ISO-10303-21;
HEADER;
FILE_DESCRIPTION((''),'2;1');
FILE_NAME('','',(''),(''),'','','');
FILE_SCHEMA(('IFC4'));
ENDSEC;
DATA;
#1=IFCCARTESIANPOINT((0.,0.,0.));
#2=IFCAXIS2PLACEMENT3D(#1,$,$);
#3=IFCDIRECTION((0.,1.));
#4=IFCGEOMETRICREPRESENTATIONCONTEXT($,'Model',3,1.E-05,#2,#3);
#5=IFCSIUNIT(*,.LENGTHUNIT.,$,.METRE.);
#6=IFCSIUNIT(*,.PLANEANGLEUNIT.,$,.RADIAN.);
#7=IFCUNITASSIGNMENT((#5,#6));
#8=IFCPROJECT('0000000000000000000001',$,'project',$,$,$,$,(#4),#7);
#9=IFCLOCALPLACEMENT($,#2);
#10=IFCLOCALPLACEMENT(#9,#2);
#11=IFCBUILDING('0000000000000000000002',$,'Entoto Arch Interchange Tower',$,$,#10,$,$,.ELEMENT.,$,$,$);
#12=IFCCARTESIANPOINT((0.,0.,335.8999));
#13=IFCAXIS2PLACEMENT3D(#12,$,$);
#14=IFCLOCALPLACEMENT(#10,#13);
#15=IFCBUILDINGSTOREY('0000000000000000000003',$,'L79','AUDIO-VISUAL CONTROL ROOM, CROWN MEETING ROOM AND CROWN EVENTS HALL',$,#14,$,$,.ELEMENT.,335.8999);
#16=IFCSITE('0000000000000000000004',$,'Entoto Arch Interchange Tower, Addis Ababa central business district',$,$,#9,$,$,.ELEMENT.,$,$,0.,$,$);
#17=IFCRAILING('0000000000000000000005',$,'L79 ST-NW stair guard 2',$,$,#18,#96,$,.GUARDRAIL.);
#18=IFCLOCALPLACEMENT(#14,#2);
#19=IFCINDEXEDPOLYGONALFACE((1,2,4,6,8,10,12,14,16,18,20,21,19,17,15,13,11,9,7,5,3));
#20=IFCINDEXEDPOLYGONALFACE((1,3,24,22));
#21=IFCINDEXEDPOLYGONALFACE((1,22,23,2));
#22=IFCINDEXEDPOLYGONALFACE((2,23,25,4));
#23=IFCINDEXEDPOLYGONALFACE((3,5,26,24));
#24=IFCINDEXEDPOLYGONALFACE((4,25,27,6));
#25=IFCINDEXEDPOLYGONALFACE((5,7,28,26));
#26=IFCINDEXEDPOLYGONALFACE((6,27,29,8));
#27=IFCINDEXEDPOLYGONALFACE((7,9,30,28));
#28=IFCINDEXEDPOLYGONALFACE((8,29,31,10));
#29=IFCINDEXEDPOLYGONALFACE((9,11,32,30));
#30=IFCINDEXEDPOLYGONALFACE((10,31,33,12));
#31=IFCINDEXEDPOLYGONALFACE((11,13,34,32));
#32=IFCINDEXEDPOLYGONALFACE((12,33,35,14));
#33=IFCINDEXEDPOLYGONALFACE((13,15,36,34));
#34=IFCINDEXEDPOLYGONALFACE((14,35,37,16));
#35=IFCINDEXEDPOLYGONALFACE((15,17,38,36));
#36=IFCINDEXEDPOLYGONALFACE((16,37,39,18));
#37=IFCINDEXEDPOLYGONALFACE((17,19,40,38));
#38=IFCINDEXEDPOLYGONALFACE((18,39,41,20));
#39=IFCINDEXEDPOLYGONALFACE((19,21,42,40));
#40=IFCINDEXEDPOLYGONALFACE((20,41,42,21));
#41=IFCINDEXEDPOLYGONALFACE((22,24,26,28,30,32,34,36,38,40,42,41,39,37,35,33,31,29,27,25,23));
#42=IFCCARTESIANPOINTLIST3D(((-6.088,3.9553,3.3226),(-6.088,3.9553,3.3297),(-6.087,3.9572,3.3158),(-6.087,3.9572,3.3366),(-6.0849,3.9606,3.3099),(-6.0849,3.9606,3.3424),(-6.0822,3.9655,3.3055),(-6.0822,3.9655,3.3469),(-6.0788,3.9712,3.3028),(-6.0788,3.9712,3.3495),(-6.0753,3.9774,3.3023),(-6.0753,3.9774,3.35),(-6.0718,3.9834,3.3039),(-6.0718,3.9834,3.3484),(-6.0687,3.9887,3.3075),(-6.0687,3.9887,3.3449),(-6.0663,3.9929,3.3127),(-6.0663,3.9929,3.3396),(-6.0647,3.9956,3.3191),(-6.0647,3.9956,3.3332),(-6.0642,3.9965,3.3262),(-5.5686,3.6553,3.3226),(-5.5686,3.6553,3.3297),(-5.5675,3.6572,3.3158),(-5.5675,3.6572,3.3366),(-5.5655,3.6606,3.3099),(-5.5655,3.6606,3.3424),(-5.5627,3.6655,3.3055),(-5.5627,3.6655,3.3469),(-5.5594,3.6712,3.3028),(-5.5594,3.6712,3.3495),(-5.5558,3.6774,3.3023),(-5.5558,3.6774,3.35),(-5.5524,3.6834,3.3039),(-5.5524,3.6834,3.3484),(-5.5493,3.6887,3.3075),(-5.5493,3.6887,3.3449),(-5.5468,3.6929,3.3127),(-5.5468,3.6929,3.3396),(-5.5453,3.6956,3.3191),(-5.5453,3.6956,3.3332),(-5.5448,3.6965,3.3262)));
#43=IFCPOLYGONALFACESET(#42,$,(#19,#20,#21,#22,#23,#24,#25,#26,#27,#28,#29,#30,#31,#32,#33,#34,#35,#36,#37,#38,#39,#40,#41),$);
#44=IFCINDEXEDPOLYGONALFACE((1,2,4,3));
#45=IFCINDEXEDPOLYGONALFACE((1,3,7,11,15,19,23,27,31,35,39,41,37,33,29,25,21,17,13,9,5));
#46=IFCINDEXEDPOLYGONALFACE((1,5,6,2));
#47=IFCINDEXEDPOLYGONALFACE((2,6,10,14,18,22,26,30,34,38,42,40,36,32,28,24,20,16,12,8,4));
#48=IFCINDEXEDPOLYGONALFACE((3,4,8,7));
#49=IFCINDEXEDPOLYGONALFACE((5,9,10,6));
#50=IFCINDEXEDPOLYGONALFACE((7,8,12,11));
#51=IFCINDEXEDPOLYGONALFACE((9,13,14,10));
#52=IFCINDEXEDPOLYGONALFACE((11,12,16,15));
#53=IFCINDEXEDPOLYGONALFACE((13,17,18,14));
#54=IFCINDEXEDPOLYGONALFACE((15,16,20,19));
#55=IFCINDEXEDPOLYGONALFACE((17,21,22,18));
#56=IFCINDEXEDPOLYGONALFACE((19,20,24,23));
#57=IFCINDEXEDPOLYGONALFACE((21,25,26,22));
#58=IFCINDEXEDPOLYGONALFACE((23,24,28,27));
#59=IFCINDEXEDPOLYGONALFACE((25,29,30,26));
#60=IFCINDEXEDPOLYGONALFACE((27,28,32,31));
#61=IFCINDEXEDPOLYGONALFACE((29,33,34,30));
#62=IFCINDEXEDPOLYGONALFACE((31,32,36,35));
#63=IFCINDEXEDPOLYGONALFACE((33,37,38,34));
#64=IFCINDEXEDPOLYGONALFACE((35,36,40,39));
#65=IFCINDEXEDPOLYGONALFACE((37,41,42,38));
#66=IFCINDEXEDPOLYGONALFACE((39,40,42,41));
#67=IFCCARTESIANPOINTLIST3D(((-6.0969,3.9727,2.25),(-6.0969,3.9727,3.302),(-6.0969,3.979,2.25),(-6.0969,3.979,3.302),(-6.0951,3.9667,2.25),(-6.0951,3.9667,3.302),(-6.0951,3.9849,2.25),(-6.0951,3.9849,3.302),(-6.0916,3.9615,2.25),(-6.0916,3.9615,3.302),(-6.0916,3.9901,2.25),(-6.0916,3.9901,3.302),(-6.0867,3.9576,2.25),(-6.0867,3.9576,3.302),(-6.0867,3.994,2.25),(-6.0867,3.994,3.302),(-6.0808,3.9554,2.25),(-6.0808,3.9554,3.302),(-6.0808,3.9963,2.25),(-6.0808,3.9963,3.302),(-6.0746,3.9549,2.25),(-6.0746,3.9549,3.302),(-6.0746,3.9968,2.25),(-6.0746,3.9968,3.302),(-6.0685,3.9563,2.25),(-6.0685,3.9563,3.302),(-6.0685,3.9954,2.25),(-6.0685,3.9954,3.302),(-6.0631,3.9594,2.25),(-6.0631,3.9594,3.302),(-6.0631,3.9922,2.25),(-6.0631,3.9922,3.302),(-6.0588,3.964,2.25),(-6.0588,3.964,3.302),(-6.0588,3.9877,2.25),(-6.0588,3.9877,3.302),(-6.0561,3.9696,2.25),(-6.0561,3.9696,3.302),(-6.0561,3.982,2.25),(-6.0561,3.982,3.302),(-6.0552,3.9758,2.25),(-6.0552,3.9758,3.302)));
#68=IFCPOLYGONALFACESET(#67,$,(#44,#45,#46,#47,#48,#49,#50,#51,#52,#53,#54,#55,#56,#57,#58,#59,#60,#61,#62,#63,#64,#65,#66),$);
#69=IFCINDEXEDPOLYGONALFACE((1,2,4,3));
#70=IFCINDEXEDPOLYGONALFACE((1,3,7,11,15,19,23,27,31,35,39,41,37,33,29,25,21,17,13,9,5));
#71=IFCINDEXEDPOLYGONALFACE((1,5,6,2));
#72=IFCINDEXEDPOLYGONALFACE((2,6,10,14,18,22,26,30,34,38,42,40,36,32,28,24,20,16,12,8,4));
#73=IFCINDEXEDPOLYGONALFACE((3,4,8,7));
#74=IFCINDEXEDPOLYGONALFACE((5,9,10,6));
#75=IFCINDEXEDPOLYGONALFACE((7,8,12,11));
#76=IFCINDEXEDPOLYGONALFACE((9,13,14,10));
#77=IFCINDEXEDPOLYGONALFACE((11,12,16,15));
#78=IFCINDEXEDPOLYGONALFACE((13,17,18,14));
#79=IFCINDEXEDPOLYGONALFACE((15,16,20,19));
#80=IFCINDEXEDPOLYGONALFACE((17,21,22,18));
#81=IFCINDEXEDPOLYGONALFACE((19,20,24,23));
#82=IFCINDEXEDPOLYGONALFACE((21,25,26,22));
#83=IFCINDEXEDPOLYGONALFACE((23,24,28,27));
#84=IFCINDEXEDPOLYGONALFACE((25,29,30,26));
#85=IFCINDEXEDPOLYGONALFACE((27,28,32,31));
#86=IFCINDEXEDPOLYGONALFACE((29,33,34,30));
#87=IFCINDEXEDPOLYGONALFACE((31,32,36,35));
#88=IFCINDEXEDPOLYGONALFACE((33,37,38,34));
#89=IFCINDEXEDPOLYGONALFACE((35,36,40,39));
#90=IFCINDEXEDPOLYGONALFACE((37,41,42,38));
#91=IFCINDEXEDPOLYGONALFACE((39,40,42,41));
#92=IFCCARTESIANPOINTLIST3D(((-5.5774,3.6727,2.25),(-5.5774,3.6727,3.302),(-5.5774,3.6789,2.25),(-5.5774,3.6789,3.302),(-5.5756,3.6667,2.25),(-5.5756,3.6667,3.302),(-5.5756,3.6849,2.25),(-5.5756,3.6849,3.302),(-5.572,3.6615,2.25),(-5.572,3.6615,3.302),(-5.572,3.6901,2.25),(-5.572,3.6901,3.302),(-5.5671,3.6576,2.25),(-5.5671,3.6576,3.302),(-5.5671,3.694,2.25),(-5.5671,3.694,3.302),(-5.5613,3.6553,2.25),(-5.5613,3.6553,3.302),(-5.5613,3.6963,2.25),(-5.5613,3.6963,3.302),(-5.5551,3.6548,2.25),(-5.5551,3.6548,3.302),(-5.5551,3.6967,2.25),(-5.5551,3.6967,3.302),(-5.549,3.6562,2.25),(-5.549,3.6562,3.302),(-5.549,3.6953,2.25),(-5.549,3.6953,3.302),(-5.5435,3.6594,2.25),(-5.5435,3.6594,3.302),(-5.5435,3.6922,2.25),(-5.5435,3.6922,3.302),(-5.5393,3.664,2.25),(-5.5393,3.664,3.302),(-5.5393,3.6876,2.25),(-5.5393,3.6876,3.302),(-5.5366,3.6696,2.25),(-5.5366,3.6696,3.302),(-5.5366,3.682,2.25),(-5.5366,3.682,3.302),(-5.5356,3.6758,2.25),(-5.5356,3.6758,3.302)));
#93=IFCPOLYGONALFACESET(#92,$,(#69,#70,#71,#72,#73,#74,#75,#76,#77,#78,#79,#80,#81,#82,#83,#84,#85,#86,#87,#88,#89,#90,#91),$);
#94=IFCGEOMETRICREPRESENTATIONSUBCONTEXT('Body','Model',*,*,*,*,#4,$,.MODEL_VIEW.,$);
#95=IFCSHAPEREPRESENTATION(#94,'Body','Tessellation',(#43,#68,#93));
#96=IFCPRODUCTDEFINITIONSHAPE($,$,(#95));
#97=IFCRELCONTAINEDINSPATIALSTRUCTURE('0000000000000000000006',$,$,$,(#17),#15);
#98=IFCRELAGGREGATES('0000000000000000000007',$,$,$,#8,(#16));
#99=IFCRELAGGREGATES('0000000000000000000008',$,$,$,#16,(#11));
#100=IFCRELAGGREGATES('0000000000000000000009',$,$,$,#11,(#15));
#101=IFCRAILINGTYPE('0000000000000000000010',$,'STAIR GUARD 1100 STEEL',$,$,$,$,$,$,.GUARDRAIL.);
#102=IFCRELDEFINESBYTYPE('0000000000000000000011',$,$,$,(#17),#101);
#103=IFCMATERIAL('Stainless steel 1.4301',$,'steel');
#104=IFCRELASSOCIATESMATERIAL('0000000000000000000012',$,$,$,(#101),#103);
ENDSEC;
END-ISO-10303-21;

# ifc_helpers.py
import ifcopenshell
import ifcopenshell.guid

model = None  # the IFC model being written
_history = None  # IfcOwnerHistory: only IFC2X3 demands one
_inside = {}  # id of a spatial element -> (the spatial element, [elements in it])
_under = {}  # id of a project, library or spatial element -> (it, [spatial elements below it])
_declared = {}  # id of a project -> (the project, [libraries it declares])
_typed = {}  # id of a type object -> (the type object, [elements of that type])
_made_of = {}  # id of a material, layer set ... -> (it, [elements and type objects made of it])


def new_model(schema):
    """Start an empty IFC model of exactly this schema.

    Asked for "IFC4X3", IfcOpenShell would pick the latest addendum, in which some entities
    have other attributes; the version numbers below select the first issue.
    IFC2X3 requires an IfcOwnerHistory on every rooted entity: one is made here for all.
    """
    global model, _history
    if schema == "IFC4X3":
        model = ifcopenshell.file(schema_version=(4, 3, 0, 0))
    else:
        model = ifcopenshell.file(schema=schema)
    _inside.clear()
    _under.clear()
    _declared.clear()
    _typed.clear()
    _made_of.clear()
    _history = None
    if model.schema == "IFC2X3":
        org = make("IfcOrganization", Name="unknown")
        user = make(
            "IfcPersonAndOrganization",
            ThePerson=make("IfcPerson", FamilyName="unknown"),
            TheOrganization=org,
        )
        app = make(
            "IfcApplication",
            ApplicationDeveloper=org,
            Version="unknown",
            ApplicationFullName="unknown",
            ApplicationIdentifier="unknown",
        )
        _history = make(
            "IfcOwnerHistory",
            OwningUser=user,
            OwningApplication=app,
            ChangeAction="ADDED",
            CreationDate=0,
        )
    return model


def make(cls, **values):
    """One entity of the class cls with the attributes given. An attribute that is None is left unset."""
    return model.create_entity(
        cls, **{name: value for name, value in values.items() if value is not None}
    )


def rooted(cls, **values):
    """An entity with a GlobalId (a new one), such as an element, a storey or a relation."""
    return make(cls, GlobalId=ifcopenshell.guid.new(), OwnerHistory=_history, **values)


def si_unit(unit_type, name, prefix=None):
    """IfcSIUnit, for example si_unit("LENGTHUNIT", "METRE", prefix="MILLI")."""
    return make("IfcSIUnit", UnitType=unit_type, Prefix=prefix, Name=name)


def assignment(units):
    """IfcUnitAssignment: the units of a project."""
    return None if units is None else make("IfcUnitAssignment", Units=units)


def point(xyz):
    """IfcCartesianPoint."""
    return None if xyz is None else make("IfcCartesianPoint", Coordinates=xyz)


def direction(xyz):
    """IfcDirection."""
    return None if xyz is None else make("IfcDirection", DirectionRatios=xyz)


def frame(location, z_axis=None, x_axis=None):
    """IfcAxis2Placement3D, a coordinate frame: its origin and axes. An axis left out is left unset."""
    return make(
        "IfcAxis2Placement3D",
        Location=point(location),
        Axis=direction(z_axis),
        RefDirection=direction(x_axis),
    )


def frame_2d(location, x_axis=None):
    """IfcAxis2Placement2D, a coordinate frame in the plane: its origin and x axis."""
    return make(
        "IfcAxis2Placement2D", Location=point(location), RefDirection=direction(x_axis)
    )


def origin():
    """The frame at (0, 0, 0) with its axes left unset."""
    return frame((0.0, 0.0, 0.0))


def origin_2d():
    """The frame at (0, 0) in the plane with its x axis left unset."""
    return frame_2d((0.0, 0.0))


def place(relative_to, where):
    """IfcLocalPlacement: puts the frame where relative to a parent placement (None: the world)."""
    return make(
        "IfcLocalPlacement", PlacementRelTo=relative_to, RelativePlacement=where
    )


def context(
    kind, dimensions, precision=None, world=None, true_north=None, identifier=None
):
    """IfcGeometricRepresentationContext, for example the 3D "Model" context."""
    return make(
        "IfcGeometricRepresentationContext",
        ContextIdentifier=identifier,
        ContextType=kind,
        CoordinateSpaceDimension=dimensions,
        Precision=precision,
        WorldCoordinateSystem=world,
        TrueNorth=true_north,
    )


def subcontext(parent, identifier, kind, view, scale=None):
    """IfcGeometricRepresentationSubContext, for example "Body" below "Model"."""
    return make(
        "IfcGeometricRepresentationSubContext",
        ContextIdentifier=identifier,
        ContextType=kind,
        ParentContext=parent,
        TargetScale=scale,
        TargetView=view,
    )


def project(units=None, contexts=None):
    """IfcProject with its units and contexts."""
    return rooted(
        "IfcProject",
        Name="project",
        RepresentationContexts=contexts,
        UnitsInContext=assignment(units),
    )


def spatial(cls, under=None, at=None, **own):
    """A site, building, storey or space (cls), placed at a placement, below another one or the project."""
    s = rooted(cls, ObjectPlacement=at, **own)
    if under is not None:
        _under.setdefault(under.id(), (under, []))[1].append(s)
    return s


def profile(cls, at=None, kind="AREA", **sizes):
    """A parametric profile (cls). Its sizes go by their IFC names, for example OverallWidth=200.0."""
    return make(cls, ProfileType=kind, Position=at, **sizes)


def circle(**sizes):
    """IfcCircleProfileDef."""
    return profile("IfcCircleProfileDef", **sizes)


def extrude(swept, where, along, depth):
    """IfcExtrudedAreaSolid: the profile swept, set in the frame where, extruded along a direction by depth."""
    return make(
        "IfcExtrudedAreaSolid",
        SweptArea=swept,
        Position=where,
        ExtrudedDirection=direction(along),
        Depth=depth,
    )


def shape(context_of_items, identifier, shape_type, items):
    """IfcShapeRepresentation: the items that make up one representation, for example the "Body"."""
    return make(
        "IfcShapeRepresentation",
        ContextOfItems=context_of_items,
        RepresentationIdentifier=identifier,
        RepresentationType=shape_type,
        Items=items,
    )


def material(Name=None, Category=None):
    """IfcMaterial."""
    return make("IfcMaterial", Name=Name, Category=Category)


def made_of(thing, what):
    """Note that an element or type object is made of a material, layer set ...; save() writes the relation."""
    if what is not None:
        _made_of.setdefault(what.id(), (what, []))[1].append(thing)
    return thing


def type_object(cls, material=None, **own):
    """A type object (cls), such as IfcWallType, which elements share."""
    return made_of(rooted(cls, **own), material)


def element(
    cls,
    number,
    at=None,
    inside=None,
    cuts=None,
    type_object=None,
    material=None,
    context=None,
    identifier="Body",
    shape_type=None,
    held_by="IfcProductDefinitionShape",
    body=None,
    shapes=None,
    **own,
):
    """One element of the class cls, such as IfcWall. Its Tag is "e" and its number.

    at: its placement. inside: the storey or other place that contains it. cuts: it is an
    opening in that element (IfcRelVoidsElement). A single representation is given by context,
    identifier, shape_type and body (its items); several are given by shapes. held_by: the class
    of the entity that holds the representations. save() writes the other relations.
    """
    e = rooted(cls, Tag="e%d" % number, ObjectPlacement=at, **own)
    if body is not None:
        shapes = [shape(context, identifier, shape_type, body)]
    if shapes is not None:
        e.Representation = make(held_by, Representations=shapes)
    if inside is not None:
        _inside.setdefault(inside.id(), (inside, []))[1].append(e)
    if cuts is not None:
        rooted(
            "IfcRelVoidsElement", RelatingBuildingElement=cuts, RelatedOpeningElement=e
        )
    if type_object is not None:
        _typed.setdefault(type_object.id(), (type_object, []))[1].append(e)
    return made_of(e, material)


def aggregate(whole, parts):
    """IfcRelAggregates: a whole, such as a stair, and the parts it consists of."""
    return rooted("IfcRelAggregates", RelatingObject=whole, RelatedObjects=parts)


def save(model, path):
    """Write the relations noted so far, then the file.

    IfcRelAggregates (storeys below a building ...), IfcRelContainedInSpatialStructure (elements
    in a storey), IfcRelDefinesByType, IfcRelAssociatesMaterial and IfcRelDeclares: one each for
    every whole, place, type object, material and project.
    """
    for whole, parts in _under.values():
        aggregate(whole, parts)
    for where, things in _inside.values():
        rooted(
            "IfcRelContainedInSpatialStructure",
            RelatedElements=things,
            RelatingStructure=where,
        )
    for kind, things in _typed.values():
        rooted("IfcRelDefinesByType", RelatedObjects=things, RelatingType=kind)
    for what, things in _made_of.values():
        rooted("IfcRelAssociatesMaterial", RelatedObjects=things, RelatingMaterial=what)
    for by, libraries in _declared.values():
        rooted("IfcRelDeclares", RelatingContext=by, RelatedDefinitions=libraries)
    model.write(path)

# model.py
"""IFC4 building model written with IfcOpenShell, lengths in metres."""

from ifc_helpers import new_model, si_unit, direction, frame, origin, origin_2d, place, context, subcontext, project, spatial, circle, extrude, material, type_object, element, save


model = new_model("IFC4")

# Units and contexts
model_context = context("Model", 3, precision=1e-05, world=origin(), true_north=direction((0.0, 1.0)))
body_context = subcontext(model_context, "Body", "Model", "MODEL_VIEW")
ifc_project = project(units=[si_unit("LENGTHUNIT", "METRE"), si_unit("PLANEANGLEUNIT", "RADIAN")], contexts=[model_context])

# Site, building, storey
site_placement = place(None, origin())
site = spatial("IfcSite", under=ifc_project, at=site_placement, Name="Entoto Arch Interchange Tower, Addis Ababa central business district", CompositionType="ELEMENT", RefElevation=0.0)
building_placement = place(site_placement, origin())
building = spatial("IfcBuilding", under=site, at=building_placement, Name="Entoto Arch Interchange Tower", CompositionType="ELEMENT")
storey_placement = place(building_placement, frame((0.0, 0.0, 335.8999)))
storey = spatial("IfcBuildingStorey", under=building, at=storey_placement, Name="L79", Description="AUDIO-VISUAL CONTROL ROOM, CROWN MEETING ROOM AND CROWN EVENTS HALL", CompositionType="ELEMENT", Elevation=335.8999)

# Railing
ifc_material_1 = material(Name="Stainless steel 1.4301", Category="steel")
railing_type_1 = type_object("IfcRailingType", Name="STAIR GUARD 1100 STEEL", PredefinedType="GUARDRAIL", material=ifc_material_1)
railing_1_placement = place(storey_placement, frame((-6.0762, 3.9758, 2.25)))
element("IfcRailing", 1, at=railing_1_placement, inside=storey, type_object=railing_type_1, Name="L79 ST-NW stair guard 2", PredefinedType="GUARDRAIL", context=body_context, shape_type="SweptSolid", body=[
    extrude(circle(Radius=0.0239, at=origin_2d()), frame((0.0, 0.0, 1.0762), z_axis=(0.865955, -0.500122, 0.0), x_axis=(0.500122, 0.865955, 0.0)), (0.0, 0.0, 1.0), 0.5999),
    extrude(circle(Radius=0.021, at=origin_2d()), origin(), (0.0, 0.0, 1.0), 1.052),
    extrude(circle(Radius=0.021, at=origin_2d()), frame((0.5195, -0.3, 0.0)), (0.0, 0.0, 1.0), 1.052),
])

save(model, "model.ifc")
